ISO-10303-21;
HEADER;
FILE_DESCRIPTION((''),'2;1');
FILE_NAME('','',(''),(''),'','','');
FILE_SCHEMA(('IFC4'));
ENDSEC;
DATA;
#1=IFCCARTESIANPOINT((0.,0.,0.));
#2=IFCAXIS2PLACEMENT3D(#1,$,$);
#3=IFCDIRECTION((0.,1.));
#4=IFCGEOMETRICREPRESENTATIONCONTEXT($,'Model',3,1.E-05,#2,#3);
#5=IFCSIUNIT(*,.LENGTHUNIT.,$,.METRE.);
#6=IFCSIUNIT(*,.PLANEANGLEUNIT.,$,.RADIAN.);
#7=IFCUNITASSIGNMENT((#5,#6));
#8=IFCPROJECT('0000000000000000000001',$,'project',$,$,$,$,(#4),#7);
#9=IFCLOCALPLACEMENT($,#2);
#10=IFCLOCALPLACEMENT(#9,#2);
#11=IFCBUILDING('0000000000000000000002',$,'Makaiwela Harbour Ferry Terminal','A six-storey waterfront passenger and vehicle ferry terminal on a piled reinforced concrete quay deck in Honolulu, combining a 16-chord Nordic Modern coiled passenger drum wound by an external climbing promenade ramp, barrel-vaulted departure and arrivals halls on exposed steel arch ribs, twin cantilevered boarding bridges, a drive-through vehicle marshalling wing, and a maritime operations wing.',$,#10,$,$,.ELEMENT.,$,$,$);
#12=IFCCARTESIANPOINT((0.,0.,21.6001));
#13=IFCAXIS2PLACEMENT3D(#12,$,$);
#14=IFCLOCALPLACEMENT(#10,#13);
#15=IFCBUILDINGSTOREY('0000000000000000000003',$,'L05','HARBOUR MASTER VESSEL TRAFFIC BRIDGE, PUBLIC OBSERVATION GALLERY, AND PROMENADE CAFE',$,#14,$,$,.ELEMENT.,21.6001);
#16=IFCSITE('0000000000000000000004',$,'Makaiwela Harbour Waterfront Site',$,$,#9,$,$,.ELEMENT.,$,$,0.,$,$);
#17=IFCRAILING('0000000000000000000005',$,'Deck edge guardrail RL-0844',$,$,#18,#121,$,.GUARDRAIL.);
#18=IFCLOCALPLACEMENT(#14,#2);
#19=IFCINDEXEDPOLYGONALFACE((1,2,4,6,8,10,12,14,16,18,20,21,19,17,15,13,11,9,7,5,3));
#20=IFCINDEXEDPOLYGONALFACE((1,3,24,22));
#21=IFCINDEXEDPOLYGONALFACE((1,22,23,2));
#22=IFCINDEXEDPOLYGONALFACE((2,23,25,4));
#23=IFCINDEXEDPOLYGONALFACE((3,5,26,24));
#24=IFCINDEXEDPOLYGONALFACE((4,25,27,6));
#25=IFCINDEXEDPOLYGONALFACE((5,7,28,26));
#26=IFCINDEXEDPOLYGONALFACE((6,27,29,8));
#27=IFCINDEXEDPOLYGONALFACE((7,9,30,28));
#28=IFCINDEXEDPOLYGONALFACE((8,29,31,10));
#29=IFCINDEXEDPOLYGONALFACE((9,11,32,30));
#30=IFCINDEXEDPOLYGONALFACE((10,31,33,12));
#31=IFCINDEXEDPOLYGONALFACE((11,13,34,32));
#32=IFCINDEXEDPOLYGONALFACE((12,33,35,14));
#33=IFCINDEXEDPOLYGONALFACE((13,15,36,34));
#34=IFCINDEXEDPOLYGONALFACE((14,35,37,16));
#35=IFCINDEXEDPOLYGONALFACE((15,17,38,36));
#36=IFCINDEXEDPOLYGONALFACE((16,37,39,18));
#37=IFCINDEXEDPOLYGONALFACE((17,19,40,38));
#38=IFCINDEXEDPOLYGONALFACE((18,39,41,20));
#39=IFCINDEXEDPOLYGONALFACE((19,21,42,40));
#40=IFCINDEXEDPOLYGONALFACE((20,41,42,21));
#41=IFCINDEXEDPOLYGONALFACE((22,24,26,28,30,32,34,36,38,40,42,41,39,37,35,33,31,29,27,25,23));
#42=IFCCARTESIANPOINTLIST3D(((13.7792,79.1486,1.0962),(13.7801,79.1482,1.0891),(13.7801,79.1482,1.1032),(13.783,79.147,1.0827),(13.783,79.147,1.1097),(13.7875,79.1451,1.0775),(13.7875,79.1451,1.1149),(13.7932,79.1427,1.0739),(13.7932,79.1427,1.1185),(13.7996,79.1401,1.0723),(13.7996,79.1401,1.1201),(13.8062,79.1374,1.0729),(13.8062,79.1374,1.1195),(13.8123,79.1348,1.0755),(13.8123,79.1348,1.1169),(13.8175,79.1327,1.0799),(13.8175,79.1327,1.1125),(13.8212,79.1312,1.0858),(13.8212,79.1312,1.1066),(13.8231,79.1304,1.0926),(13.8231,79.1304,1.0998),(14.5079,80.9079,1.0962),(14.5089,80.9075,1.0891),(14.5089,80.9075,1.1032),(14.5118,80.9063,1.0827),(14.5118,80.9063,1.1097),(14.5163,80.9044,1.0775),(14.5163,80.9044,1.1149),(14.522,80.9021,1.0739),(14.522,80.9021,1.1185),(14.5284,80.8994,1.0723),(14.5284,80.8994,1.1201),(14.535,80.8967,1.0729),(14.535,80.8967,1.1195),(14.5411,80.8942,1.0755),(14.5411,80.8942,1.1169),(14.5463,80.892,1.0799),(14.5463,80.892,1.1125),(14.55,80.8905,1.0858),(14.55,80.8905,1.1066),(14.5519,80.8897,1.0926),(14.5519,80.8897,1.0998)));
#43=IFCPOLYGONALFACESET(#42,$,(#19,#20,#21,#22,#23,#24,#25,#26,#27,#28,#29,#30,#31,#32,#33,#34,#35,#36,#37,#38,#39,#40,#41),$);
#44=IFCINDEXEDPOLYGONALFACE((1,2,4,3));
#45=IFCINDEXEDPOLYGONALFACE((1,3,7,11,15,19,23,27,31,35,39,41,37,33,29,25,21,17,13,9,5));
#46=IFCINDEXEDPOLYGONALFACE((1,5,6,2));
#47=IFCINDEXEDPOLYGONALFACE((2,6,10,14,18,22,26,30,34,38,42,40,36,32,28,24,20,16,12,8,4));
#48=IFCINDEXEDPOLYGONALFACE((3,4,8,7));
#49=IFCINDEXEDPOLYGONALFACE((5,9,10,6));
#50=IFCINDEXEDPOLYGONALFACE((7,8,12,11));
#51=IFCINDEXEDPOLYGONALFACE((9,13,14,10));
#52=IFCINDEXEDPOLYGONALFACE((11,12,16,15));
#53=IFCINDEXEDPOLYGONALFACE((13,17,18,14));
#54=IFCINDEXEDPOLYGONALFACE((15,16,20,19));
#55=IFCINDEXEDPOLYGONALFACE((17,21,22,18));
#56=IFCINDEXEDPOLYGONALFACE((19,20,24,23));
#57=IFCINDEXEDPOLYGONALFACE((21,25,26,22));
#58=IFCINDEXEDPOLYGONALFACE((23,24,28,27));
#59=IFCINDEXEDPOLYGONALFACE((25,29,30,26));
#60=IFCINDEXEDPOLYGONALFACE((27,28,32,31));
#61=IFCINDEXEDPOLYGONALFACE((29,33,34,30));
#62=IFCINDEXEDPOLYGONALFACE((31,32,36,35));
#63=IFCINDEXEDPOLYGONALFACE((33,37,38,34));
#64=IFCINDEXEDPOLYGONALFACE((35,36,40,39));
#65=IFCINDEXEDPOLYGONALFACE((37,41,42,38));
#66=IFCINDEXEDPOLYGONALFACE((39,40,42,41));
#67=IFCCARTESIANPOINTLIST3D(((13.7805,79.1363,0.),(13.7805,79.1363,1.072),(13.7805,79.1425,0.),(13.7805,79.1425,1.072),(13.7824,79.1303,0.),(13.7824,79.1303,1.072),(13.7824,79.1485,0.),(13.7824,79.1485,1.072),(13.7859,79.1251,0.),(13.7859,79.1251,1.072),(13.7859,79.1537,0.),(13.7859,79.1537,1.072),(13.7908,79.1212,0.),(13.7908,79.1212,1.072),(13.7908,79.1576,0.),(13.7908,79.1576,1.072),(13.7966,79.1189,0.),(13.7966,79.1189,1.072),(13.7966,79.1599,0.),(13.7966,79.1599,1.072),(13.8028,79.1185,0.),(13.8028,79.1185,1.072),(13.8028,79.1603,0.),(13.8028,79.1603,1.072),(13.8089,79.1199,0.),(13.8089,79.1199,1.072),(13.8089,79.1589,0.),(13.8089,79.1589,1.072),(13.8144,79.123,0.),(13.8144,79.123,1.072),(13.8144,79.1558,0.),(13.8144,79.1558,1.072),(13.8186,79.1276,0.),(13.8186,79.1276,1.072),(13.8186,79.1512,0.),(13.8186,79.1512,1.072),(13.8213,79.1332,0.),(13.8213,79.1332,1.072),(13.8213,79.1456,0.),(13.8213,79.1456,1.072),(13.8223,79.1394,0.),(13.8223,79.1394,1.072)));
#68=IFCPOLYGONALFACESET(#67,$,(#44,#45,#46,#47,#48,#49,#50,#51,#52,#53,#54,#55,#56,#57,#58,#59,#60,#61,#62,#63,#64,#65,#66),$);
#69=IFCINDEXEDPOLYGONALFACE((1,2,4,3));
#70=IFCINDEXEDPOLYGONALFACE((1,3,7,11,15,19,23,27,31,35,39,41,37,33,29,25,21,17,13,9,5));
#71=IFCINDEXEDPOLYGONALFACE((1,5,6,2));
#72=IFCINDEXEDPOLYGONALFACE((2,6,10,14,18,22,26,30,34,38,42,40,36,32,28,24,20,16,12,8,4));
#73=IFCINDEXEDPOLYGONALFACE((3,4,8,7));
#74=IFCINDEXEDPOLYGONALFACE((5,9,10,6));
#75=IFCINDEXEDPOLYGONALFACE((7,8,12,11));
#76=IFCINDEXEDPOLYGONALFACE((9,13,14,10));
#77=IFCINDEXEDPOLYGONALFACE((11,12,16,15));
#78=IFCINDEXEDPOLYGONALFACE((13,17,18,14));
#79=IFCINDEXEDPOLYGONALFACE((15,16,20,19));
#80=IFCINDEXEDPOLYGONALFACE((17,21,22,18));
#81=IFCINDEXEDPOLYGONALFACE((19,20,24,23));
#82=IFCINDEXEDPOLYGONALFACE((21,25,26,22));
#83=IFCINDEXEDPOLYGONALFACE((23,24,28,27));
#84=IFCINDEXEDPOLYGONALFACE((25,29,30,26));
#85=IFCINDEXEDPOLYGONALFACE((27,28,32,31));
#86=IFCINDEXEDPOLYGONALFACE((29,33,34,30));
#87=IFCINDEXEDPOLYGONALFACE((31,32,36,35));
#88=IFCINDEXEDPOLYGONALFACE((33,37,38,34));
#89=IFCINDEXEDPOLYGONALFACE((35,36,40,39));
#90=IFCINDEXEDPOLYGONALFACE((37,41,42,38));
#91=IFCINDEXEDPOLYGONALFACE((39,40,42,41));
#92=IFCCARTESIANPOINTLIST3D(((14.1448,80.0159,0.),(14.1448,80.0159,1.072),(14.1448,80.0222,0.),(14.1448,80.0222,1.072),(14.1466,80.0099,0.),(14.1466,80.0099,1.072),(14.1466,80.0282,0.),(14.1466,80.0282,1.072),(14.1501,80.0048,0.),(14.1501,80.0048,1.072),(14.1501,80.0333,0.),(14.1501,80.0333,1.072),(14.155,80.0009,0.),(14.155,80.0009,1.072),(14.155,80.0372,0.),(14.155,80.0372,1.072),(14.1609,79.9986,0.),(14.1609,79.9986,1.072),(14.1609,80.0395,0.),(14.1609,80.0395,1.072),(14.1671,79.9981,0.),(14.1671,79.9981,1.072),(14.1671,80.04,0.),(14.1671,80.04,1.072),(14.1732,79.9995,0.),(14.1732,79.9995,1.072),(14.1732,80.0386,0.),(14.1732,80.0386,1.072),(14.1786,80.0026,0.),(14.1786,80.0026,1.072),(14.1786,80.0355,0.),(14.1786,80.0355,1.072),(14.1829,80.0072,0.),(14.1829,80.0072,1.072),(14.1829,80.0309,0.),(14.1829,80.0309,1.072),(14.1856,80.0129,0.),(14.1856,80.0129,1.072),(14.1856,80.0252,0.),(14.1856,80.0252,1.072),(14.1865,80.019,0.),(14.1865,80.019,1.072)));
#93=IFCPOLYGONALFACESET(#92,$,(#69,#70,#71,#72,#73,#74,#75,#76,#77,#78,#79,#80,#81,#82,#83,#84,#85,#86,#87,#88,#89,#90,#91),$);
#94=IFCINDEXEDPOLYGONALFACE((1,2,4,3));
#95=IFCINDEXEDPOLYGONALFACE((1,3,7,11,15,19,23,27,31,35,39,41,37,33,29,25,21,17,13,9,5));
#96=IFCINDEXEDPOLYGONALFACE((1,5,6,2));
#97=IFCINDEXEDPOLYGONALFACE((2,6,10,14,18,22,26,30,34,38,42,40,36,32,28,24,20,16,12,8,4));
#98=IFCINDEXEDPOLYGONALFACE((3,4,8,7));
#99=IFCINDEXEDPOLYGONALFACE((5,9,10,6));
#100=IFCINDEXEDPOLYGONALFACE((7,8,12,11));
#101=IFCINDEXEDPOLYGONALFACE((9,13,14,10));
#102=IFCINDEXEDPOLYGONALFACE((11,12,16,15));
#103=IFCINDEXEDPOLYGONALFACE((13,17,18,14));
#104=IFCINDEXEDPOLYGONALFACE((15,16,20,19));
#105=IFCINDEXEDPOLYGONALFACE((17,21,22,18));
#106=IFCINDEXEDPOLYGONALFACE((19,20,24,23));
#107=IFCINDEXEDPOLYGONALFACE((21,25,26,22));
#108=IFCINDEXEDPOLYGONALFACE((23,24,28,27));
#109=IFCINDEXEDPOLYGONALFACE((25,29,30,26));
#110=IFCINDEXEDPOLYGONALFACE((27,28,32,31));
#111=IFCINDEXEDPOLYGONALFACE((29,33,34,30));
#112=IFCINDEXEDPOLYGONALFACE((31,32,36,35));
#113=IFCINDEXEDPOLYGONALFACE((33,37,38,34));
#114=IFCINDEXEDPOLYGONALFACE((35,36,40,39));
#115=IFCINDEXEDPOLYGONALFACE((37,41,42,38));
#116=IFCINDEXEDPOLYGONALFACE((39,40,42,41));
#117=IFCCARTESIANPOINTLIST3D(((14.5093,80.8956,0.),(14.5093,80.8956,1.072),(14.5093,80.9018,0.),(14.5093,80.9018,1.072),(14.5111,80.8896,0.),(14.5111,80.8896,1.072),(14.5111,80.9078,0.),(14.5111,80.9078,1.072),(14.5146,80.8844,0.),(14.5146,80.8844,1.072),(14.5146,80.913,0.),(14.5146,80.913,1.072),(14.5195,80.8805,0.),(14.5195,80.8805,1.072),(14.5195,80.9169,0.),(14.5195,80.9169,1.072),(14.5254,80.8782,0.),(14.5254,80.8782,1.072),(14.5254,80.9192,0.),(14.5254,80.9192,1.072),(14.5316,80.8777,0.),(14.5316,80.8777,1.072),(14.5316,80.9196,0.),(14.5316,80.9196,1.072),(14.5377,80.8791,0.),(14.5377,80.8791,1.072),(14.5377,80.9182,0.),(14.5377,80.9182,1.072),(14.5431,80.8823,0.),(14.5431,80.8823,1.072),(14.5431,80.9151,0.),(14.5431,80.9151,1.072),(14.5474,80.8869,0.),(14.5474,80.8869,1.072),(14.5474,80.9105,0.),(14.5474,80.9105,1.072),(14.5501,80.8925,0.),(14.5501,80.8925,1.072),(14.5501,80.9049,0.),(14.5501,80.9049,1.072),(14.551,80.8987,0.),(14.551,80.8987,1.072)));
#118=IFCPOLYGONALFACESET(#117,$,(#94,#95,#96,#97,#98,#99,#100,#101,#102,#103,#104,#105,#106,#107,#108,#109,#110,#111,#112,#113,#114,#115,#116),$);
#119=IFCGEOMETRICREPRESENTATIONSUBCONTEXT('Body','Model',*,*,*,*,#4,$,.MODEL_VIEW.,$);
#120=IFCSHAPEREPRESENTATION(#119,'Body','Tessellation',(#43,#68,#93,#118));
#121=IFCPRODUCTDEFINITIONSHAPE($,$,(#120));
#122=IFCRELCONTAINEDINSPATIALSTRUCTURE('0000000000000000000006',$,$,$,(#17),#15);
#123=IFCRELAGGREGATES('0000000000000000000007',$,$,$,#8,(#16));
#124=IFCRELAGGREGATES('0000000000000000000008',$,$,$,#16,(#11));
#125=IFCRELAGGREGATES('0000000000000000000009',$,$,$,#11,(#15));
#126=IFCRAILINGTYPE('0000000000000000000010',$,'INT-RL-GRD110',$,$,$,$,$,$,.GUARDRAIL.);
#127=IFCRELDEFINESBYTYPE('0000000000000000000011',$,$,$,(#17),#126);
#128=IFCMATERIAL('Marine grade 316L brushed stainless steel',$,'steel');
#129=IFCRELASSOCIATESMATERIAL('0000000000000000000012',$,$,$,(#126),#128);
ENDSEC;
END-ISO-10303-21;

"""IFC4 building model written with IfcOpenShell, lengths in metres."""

from ifc_helpers import new_model, si_unit, direction, frame, origin, origin_2d, place, context, subcontext, project, spatial, circle, extrude, material, type_object, element, save


model = new_model("IFC4")

# Units and contexts
model_context = context("Model", 3, precision=1e-05, world=origin(), true_north=direction((0.0, 1.0)))
body_context = subcontext(model_context, "Body", "Model", "MODEL_VIEW")
ifc_project = project(units=[si_unit("LENGTHUNIT", "METRE"), si_unit("PLANEANGLEUNIT", "RADIAN")], contexts=[model_context])

# Site, building, storey
site_placement = place(None, origin())
site = spatial("IfcSite", under=ifc_project, at=site_placement, Name="Makaiwela Harbour Waterfront Site", CompositionType="ELEMENT", RefElevation=0.0)
building_placement = place(site_placement, origin())
building = spatial("IfcBuilding", under=site, at=building_placement, Name="Makaiwela Harbour Ferry Terminal", Description="A six-storey waterfront passenger and vehicle ferry terminal on a piled reinforced concrete quay deck in Honolulu, combining a 16-chord Nordic Modern coiled passenger drum wound by an external climbing promenade ramp, barrel-vaulted departure and arrivals halls on exposed steel arch ribs, twin cantilevered boarding bridges, a drive-through vehicle marshalling wing, and a maritime operations wing.", CompositionType="ELEMENT")
storey_placement = place(building_placement, frame((0.0, 0.0, 21.6001)))
storey = spatial("IfcBuildingStorey", under=building, at=storey_placement, Name="L05", Description="HARBOUR MASTER VESSEL TRAFFIC BRIDGE, PUBLIC OBSERVATION GALLERY, AND PROMENADE CAFE", CompositionType="ELEMENT", Elevation=21.6001)

# Railing
ifc_material_1 = material(Name="Marine grade 316L brushed stainless steel", Category="steel")
railing_type = type_object("IfcRailingType", Name="INT-RL-GRD110", PredefinedType="GUARDRAIL", material=ifc_material_1)
railing_1_placement = place(storey_placement, frame((13.8013, 79.1394, 0.0)))
element("IfcRailing", 1, at=railing_1_placement, inside=storey, type_object=railing_type, Name="Deck edge guardrail RL-0844", PredefinedType="GUARDRAIL", context=body_context, shape_type="SweptSolid", body=[
    extrude(circle(Radius=0.0239, at=origin_2d()), frame((0.0, 0.0, 1.0962), z_axis=(0.382703, 0.923872, 0.0), x_axis=(-0.923872, 0.382703, 0.0)), (0.0, 0.0, 1.0), 1.9043),
    extrude(circle(Radius=0.021, at=origin_2d()), origin(), (0.0, 0.0, 1.0), 1.072),
    extrude(circle(Radius=0.021, at=origin_2d()), frame((0.3643, 0.8796, 0.0)), (0.0, 0.0, 1.0), 1.072),
    extrude(circle(Radius=0.021, at=origin_2d()), frame((0.7288, 1.7593, 0.0)), (0.0, 0.0, 1.0), 1.072),
])

save(model, "model.ifc")
